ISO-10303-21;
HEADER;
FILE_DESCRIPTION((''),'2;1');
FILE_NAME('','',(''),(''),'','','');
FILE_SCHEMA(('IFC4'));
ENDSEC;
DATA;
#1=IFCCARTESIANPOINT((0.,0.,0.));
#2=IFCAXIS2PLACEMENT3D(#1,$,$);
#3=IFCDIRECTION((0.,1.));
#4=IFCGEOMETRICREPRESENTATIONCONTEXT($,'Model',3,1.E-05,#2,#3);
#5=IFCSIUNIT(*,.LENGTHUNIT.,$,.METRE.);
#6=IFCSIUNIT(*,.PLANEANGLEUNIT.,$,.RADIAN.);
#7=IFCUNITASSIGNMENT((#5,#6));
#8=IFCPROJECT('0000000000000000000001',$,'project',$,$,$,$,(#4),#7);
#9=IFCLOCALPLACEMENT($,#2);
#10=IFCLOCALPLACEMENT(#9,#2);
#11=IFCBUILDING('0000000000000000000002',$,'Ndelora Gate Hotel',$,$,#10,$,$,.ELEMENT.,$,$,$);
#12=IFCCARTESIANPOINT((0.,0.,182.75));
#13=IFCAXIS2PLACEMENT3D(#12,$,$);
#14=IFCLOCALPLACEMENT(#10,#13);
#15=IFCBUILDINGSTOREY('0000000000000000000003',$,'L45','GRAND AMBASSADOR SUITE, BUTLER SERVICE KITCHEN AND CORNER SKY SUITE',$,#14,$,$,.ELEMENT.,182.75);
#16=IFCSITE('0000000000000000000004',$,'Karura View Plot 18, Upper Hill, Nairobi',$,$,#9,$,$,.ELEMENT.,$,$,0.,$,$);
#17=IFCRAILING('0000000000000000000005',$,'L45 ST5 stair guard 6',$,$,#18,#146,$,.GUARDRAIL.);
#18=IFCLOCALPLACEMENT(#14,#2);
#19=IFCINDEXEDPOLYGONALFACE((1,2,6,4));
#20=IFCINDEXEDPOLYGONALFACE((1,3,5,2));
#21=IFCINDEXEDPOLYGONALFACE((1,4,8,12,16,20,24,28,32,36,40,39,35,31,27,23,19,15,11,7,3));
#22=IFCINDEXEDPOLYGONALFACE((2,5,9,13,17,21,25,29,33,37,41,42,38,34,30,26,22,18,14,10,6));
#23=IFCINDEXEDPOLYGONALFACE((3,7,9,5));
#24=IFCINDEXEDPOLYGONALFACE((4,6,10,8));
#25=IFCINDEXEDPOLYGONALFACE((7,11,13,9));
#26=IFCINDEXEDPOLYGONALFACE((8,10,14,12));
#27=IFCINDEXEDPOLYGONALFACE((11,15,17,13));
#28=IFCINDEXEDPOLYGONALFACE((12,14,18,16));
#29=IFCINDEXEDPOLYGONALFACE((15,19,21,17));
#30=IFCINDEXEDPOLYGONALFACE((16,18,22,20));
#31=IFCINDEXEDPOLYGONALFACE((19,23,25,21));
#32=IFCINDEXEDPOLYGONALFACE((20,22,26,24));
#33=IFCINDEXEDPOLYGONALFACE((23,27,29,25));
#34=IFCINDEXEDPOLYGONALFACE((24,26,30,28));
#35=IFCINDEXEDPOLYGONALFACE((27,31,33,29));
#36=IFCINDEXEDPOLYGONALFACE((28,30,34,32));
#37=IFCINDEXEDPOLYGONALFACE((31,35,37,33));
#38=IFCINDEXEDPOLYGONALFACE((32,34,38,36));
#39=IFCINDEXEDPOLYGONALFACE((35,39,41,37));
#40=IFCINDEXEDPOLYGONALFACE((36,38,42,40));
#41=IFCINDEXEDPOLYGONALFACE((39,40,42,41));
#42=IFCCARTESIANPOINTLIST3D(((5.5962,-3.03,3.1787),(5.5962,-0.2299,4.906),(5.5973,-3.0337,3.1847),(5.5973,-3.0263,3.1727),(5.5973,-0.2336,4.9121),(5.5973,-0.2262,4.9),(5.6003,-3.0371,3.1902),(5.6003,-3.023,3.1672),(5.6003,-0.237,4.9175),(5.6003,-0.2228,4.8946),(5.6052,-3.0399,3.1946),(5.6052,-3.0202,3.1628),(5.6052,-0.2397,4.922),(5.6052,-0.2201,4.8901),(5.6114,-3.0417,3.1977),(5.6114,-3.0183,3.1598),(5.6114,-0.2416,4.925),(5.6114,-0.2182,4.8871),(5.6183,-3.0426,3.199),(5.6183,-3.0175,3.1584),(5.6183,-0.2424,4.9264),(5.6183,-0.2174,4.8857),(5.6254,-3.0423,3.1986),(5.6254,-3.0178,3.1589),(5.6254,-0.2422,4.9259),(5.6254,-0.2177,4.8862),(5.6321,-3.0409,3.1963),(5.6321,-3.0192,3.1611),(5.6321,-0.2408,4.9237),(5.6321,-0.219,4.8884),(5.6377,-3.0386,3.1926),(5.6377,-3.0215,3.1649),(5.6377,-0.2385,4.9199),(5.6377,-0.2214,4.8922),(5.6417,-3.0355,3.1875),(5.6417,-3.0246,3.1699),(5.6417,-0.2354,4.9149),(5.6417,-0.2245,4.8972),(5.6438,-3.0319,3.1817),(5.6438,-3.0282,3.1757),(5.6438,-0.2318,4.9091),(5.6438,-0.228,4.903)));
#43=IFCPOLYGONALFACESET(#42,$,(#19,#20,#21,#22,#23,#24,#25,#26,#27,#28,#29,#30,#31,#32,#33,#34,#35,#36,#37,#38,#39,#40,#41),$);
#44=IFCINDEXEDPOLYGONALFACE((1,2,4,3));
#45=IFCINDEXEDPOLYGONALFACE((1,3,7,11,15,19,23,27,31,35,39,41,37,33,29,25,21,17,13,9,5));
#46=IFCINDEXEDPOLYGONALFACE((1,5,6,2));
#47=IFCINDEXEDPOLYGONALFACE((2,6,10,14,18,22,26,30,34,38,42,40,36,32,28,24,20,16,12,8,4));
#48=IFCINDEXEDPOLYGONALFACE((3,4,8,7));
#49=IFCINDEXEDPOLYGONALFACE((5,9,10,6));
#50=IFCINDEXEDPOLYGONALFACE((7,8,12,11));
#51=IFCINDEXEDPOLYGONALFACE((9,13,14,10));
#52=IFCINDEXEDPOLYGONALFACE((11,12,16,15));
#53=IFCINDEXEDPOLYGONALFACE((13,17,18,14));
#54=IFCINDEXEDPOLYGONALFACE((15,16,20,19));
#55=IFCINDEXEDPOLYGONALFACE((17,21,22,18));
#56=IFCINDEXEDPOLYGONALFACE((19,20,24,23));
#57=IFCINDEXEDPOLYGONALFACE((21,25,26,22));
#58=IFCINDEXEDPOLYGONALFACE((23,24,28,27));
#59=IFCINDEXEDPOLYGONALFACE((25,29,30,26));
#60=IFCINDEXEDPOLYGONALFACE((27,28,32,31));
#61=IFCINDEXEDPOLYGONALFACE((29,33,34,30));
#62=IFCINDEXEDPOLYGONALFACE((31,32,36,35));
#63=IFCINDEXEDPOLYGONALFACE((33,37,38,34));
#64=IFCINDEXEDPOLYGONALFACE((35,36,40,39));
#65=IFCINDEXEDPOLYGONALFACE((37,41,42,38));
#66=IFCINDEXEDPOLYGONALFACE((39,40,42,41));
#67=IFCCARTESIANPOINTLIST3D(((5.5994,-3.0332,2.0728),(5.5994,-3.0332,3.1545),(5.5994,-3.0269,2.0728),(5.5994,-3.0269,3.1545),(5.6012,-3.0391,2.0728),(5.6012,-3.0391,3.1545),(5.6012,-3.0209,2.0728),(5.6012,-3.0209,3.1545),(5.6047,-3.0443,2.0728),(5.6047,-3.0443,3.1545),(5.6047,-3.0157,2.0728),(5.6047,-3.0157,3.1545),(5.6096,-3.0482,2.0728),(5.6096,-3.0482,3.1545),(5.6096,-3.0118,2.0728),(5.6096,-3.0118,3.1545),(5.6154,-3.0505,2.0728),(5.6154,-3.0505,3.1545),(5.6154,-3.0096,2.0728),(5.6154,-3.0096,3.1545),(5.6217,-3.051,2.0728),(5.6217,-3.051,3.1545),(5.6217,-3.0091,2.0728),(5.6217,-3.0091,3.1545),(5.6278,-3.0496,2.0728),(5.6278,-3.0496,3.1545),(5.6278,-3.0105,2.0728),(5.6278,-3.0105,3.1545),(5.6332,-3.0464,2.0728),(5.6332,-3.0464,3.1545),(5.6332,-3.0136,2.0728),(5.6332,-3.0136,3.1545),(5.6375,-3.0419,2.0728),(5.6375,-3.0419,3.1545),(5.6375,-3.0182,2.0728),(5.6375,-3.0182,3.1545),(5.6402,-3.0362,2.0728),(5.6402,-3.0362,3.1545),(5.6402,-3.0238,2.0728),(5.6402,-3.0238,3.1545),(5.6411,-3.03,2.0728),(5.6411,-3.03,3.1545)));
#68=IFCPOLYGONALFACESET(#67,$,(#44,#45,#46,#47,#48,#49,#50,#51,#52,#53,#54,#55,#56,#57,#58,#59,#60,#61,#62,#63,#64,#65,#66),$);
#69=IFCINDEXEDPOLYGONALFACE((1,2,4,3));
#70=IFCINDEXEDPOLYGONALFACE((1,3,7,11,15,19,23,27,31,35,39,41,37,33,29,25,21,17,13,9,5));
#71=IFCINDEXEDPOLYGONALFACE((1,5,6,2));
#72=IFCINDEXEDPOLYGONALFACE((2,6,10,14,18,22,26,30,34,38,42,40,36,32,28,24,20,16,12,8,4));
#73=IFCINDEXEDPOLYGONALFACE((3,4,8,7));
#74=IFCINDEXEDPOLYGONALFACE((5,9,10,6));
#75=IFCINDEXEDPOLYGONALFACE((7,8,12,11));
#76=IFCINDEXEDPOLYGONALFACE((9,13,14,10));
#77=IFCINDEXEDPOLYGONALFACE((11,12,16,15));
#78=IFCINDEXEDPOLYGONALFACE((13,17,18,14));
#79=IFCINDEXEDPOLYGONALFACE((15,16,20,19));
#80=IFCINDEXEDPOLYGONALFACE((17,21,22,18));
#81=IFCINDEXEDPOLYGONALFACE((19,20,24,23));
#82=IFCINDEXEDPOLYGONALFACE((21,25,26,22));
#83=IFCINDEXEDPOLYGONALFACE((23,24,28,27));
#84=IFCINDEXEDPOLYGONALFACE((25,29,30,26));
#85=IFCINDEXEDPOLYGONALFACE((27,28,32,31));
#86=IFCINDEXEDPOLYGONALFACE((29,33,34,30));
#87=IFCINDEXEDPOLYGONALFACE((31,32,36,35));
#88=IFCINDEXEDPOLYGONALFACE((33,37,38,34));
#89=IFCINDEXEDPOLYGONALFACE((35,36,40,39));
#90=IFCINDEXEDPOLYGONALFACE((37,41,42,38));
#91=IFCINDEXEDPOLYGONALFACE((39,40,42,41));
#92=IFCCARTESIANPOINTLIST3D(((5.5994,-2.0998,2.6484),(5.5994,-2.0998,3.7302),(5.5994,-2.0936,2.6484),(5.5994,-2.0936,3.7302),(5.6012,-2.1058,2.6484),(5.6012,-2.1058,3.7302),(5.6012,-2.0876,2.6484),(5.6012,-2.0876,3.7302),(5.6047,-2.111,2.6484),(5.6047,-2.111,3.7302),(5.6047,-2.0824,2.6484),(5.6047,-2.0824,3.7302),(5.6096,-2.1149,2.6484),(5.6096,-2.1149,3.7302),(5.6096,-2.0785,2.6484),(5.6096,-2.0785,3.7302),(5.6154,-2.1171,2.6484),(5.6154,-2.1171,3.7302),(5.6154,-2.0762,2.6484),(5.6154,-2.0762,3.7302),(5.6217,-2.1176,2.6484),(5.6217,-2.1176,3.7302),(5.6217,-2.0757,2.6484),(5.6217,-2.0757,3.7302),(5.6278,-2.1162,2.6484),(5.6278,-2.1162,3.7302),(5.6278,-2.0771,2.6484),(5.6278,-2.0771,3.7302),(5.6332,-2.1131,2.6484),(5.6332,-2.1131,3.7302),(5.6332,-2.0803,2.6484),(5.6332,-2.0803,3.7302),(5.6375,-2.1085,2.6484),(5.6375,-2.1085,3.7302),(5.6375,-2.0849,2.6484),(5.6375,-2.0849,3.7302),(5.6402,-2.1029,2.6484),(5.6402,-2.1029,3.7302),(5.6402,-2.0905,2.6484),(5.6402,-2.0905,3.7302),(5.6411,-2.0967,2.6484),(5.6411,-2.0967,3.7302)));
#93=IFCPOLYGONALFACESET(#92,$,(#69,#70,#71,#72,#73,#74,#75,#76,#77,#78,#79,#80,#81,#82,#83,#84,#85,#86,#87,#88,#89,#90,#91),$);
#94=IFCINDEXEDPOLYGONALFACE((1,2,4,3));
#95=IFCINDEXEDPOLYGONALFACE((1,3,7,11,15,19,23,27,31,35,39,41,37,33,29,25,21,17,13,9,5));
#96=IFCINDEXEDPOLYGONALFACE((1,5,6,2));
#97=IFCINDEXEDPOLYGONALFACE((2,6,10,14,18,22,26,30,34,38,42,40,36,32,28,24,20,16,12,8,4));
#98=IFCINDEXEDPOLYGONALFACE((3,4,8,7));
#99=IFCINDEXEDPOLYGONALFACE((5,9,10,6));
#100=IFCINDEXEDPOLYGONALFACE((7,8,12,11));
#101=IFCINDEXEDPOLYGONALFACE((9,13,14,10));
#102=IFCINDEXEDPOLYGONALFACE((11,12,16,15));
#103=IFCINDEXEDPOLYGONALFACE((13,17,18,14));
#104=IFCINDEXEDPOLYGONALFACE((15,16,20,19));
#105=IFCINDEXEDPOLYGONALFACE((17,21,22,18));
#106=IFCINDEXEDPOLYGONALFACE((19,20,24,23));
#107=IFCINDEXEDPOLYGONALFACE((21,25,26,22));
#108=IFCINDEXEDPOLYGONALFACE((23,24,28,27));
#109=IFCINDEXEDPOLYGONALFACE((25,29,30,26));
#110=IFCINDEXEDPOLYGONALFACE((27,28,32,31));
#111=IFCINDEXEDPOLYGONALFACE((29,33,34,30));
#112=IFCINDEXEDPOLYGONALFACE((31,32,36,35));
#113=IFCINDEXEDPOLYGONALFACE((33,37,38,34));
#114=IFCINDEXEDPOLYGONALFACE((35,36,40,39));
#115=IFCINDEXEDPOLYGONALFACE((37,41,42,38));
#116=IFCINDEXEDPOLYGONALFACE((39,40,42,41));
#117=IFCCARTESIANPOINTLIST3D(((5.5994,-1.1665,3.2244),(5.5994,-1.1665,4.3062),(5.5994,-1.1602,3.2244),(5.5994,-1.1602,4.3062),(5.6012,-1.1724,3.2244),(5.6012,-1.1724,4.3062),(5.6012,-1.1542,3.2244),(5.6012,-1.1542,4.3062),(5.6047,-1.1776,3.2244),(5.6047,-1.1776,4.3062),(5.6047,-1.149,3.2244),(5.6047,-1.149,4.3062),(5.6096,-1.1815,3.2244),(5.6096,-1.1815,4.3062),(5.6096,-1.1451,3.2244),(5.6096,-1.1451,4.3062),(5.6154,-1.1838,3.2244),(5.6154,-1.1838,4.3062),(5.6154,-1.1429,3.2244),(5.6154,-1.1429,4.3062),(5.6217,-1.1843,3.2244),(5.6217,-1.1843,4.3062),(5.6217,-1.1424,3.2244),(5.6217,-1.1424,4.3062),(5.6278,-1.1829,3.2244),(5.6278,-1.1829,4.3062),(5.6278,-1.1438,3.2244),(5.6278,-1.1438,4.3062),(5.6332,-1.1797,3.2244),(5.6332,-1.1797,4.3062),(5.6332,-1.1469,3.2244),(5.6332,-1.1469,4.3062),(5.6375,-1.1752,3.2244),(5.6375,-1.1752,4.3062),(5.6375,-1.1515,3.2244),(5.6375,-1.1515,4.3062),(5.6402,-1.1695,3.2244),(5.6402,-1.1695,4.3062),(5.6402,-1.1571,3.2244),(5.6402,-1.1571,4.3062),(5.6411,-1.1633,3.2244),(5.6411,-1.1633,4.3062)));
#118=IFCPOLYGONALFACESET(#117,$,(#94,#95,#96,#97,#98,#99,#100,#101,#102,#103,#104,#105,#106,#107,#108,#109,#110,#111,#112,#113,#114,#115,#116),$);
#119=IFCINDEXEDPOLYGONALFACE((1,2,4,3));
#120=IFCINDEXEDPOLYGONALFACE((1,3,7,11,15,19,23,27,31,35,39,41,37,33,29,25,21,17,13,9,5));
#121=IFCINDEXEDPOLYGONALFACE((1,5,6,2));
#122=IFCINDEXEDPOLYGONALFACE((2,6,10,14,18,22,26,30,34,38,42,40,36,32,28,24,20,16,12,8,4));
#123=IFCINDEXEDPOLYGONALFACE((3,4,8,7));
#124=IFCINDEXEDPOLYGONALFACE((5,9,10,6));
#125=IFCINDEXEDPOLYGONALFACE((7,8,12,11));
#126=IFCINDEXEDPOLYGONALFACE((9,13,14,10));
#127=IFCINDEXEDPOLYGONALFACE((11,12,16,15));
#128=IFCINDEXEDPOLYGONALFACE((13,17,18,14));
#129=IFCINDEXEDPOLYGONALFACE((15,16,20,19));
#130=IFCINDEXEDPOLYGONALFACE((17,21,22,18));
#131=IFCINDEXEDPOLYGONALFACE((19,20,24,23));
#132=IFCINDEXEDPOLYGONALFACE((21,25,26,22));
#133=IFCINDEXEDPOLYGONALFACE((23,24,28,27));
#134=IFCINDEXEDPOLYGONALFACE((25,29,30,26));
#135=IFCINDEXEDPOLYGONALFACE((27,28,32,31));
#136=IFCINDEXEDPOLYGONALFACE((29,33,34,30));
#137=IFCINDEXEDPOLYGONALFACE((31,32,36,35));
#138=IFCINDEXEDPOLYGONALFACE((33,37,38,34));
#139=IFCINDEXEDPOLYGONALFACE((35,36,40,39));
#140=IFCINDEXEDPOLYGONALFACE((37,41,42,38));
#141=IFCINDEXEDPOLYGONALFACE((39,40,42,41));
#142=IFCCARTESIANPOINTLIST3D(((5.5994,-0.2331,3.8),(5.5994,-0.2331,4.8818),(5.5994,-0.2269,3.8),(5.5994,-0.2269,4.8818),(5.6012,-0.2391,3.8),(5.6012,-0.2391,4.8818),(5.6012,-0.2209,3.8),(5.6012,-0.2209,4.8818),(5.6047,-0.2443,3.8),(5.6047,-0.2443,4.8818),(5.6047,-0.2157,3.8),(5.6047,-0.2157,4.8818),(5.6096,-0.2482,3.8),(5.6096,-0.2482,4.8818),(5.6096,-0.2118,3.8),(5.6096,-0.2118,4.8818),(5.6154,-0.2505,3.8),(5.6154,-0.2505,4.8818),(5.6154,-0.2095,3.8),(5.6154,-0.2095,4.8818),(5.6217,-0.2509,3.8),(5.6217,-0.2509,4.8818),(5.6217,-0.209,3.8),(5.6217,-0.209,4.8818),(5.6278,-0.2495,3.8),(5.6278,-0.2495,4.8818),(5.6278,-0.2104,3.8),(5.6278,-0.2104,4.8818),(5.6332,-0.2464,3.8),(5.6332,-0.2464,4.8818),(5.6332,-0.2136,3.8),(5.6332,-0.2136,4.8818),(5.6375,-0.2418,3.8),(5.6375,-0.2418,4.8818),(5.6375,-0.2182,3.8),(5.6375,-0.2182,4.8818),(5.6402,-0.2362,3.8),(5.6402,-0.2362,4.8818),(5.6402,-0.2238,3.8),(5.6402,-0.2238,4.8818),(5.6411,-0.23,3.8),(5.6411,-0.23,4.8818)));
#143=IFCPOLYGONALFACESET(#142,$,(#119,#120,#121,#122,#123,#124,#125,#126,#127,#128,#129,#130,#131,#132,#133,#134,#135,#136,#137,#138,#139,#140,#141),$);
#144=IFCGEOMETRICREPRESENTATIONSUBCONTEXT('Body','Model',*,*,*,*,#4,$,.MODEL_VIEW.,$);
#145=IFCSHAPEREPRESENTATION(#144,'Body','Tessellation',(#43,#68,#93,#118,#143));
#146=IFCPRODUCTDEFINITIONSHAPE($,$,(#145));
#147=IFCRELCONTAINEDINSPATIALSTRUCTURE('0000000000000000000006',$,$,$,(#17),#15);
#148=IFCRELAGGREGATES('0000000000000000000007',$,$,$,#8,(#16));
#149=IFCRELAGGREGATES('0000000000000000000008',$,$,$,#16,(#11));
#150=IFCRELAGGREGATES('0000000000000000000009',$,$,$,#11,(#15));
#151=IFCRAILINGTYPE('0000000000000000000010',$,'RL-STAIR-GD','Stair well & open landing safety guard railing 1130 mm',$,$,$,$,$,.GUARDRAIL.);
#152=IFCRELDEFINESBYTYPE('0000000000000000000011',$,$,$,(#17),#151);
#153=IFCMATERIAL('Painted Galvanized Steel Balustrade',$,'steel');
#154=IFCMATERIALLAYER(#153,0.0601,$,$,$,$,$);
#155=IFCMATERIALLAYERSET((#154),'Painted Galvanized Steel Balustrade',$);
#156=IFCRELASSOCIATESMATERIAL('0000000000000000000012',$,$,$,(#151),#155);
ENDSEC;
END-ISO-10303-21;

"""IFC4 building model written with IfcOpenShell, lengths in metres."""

from ifc_helpers import new_model, si_unit, direction, frame, origin, origin_2d, place, context, subcontext, project, spatial, circle, extrude, material, layer, layer_set, type_object, element, save


model = new_model("IFC4")

# Units and contexts
model_context = context("Model", 3, precision=1e-05, world=origin(), true_north=direction((0.0, 1.0)))
body_context = subcontext(model_context, "Body", "Model", "MODEL_VIEW")
ifc_project = project(units=[si_unit("LENGTHUNIT", "METRE"), si_unit("PLANEANGLEUNIT", "RADIAN")], contexts=[model_context])

# Site, building, storey
site_placement = place(None, origin())
site = spatial("IfcSite", under=ifc_project, at=site_placement, Name="Karura View Plot 18, Upper Hill, Nairobi", CompositionType="ELEMENT", RefElevation=0.0)
building_placement = place(site_placement, origin())
building = spatial("IfcBuilding", under=site, at=building_placement, Name="Ndelora Gate Hotel", CompositionType="ELEMENT")
storey_placement = place(building_placement, frame((0.0, 0.0, 182.75)))
storey = spatial("IfcBuildingStorey", under=building, at=storey_placement, Name="L45", Description="GRAND AMBASSADOR SUITE, BUTLER SERVICE KITCHEN AND CORNER SKY SUITE", CompositionType="ELEMENT", Elevation=182.75)

# Railing
ifc_material_1 = material(Name="Painted Galvanized Steel Balustrade", Category="steel")
ifc_layer_1 = layer(ifc_material_1, 0.0601)
ifc_layer_set_1 = layer_set([ifc_layer_1], Name="Painted Galvanized Steel Balustrade")
railing_type_1 = type_object("IfcRailingType", Name="RL-STAIR-GD", Description="Stair well & open landing safety guard railing 1130 mm", PredefinedType="GUARDRAIL", material=ifc_layer_set_1)
railing_1_placement = place(storey_placement, frame((5.6201, -3.03, 2.0728)))
element("IfcRailing", 1, at=railing_1_placement, inside=storey, type_object=railing_type_1, Name="L45 ST5 stair guard 6", PredefinedType="GUARDRAIL", context=body_context, shape_type="SweptSolid", body=[
    extrude(circle(Radius=0.0239, at=origin_2d()), frame((0.0, 0.0, 1.106), z_axis=(0.0, 0.85109, 0.52502), x_axis=(-1.0, 0.0, 0.0)), (0.0, 0.0, 1.0), 3.29),
    extrude(circle(Radius=0.021, at=origin_2d()), origin(), (0.0, 0.0, 1.0), 1.0818),
    extrude(circle(Radius=0.021, at=origin_2d()), frame((0.0, 0.9333, 0.5757)), (0.0, 0.0, 1.0), 1.0818),
    extrude(circle(Radius=0.021, at=origin_2d()), frame((0.0, 1.8667, 1.1516)), (0.0, 0.0, 1.0), 1.0818),
    extrude(circle(Radius=0.021, at=origin_2d()), frame((0.0, 2.8, 1.7273)), (0.0, 0.0, 1.0), 1.0818),
])

save(model, "model.ifc")
